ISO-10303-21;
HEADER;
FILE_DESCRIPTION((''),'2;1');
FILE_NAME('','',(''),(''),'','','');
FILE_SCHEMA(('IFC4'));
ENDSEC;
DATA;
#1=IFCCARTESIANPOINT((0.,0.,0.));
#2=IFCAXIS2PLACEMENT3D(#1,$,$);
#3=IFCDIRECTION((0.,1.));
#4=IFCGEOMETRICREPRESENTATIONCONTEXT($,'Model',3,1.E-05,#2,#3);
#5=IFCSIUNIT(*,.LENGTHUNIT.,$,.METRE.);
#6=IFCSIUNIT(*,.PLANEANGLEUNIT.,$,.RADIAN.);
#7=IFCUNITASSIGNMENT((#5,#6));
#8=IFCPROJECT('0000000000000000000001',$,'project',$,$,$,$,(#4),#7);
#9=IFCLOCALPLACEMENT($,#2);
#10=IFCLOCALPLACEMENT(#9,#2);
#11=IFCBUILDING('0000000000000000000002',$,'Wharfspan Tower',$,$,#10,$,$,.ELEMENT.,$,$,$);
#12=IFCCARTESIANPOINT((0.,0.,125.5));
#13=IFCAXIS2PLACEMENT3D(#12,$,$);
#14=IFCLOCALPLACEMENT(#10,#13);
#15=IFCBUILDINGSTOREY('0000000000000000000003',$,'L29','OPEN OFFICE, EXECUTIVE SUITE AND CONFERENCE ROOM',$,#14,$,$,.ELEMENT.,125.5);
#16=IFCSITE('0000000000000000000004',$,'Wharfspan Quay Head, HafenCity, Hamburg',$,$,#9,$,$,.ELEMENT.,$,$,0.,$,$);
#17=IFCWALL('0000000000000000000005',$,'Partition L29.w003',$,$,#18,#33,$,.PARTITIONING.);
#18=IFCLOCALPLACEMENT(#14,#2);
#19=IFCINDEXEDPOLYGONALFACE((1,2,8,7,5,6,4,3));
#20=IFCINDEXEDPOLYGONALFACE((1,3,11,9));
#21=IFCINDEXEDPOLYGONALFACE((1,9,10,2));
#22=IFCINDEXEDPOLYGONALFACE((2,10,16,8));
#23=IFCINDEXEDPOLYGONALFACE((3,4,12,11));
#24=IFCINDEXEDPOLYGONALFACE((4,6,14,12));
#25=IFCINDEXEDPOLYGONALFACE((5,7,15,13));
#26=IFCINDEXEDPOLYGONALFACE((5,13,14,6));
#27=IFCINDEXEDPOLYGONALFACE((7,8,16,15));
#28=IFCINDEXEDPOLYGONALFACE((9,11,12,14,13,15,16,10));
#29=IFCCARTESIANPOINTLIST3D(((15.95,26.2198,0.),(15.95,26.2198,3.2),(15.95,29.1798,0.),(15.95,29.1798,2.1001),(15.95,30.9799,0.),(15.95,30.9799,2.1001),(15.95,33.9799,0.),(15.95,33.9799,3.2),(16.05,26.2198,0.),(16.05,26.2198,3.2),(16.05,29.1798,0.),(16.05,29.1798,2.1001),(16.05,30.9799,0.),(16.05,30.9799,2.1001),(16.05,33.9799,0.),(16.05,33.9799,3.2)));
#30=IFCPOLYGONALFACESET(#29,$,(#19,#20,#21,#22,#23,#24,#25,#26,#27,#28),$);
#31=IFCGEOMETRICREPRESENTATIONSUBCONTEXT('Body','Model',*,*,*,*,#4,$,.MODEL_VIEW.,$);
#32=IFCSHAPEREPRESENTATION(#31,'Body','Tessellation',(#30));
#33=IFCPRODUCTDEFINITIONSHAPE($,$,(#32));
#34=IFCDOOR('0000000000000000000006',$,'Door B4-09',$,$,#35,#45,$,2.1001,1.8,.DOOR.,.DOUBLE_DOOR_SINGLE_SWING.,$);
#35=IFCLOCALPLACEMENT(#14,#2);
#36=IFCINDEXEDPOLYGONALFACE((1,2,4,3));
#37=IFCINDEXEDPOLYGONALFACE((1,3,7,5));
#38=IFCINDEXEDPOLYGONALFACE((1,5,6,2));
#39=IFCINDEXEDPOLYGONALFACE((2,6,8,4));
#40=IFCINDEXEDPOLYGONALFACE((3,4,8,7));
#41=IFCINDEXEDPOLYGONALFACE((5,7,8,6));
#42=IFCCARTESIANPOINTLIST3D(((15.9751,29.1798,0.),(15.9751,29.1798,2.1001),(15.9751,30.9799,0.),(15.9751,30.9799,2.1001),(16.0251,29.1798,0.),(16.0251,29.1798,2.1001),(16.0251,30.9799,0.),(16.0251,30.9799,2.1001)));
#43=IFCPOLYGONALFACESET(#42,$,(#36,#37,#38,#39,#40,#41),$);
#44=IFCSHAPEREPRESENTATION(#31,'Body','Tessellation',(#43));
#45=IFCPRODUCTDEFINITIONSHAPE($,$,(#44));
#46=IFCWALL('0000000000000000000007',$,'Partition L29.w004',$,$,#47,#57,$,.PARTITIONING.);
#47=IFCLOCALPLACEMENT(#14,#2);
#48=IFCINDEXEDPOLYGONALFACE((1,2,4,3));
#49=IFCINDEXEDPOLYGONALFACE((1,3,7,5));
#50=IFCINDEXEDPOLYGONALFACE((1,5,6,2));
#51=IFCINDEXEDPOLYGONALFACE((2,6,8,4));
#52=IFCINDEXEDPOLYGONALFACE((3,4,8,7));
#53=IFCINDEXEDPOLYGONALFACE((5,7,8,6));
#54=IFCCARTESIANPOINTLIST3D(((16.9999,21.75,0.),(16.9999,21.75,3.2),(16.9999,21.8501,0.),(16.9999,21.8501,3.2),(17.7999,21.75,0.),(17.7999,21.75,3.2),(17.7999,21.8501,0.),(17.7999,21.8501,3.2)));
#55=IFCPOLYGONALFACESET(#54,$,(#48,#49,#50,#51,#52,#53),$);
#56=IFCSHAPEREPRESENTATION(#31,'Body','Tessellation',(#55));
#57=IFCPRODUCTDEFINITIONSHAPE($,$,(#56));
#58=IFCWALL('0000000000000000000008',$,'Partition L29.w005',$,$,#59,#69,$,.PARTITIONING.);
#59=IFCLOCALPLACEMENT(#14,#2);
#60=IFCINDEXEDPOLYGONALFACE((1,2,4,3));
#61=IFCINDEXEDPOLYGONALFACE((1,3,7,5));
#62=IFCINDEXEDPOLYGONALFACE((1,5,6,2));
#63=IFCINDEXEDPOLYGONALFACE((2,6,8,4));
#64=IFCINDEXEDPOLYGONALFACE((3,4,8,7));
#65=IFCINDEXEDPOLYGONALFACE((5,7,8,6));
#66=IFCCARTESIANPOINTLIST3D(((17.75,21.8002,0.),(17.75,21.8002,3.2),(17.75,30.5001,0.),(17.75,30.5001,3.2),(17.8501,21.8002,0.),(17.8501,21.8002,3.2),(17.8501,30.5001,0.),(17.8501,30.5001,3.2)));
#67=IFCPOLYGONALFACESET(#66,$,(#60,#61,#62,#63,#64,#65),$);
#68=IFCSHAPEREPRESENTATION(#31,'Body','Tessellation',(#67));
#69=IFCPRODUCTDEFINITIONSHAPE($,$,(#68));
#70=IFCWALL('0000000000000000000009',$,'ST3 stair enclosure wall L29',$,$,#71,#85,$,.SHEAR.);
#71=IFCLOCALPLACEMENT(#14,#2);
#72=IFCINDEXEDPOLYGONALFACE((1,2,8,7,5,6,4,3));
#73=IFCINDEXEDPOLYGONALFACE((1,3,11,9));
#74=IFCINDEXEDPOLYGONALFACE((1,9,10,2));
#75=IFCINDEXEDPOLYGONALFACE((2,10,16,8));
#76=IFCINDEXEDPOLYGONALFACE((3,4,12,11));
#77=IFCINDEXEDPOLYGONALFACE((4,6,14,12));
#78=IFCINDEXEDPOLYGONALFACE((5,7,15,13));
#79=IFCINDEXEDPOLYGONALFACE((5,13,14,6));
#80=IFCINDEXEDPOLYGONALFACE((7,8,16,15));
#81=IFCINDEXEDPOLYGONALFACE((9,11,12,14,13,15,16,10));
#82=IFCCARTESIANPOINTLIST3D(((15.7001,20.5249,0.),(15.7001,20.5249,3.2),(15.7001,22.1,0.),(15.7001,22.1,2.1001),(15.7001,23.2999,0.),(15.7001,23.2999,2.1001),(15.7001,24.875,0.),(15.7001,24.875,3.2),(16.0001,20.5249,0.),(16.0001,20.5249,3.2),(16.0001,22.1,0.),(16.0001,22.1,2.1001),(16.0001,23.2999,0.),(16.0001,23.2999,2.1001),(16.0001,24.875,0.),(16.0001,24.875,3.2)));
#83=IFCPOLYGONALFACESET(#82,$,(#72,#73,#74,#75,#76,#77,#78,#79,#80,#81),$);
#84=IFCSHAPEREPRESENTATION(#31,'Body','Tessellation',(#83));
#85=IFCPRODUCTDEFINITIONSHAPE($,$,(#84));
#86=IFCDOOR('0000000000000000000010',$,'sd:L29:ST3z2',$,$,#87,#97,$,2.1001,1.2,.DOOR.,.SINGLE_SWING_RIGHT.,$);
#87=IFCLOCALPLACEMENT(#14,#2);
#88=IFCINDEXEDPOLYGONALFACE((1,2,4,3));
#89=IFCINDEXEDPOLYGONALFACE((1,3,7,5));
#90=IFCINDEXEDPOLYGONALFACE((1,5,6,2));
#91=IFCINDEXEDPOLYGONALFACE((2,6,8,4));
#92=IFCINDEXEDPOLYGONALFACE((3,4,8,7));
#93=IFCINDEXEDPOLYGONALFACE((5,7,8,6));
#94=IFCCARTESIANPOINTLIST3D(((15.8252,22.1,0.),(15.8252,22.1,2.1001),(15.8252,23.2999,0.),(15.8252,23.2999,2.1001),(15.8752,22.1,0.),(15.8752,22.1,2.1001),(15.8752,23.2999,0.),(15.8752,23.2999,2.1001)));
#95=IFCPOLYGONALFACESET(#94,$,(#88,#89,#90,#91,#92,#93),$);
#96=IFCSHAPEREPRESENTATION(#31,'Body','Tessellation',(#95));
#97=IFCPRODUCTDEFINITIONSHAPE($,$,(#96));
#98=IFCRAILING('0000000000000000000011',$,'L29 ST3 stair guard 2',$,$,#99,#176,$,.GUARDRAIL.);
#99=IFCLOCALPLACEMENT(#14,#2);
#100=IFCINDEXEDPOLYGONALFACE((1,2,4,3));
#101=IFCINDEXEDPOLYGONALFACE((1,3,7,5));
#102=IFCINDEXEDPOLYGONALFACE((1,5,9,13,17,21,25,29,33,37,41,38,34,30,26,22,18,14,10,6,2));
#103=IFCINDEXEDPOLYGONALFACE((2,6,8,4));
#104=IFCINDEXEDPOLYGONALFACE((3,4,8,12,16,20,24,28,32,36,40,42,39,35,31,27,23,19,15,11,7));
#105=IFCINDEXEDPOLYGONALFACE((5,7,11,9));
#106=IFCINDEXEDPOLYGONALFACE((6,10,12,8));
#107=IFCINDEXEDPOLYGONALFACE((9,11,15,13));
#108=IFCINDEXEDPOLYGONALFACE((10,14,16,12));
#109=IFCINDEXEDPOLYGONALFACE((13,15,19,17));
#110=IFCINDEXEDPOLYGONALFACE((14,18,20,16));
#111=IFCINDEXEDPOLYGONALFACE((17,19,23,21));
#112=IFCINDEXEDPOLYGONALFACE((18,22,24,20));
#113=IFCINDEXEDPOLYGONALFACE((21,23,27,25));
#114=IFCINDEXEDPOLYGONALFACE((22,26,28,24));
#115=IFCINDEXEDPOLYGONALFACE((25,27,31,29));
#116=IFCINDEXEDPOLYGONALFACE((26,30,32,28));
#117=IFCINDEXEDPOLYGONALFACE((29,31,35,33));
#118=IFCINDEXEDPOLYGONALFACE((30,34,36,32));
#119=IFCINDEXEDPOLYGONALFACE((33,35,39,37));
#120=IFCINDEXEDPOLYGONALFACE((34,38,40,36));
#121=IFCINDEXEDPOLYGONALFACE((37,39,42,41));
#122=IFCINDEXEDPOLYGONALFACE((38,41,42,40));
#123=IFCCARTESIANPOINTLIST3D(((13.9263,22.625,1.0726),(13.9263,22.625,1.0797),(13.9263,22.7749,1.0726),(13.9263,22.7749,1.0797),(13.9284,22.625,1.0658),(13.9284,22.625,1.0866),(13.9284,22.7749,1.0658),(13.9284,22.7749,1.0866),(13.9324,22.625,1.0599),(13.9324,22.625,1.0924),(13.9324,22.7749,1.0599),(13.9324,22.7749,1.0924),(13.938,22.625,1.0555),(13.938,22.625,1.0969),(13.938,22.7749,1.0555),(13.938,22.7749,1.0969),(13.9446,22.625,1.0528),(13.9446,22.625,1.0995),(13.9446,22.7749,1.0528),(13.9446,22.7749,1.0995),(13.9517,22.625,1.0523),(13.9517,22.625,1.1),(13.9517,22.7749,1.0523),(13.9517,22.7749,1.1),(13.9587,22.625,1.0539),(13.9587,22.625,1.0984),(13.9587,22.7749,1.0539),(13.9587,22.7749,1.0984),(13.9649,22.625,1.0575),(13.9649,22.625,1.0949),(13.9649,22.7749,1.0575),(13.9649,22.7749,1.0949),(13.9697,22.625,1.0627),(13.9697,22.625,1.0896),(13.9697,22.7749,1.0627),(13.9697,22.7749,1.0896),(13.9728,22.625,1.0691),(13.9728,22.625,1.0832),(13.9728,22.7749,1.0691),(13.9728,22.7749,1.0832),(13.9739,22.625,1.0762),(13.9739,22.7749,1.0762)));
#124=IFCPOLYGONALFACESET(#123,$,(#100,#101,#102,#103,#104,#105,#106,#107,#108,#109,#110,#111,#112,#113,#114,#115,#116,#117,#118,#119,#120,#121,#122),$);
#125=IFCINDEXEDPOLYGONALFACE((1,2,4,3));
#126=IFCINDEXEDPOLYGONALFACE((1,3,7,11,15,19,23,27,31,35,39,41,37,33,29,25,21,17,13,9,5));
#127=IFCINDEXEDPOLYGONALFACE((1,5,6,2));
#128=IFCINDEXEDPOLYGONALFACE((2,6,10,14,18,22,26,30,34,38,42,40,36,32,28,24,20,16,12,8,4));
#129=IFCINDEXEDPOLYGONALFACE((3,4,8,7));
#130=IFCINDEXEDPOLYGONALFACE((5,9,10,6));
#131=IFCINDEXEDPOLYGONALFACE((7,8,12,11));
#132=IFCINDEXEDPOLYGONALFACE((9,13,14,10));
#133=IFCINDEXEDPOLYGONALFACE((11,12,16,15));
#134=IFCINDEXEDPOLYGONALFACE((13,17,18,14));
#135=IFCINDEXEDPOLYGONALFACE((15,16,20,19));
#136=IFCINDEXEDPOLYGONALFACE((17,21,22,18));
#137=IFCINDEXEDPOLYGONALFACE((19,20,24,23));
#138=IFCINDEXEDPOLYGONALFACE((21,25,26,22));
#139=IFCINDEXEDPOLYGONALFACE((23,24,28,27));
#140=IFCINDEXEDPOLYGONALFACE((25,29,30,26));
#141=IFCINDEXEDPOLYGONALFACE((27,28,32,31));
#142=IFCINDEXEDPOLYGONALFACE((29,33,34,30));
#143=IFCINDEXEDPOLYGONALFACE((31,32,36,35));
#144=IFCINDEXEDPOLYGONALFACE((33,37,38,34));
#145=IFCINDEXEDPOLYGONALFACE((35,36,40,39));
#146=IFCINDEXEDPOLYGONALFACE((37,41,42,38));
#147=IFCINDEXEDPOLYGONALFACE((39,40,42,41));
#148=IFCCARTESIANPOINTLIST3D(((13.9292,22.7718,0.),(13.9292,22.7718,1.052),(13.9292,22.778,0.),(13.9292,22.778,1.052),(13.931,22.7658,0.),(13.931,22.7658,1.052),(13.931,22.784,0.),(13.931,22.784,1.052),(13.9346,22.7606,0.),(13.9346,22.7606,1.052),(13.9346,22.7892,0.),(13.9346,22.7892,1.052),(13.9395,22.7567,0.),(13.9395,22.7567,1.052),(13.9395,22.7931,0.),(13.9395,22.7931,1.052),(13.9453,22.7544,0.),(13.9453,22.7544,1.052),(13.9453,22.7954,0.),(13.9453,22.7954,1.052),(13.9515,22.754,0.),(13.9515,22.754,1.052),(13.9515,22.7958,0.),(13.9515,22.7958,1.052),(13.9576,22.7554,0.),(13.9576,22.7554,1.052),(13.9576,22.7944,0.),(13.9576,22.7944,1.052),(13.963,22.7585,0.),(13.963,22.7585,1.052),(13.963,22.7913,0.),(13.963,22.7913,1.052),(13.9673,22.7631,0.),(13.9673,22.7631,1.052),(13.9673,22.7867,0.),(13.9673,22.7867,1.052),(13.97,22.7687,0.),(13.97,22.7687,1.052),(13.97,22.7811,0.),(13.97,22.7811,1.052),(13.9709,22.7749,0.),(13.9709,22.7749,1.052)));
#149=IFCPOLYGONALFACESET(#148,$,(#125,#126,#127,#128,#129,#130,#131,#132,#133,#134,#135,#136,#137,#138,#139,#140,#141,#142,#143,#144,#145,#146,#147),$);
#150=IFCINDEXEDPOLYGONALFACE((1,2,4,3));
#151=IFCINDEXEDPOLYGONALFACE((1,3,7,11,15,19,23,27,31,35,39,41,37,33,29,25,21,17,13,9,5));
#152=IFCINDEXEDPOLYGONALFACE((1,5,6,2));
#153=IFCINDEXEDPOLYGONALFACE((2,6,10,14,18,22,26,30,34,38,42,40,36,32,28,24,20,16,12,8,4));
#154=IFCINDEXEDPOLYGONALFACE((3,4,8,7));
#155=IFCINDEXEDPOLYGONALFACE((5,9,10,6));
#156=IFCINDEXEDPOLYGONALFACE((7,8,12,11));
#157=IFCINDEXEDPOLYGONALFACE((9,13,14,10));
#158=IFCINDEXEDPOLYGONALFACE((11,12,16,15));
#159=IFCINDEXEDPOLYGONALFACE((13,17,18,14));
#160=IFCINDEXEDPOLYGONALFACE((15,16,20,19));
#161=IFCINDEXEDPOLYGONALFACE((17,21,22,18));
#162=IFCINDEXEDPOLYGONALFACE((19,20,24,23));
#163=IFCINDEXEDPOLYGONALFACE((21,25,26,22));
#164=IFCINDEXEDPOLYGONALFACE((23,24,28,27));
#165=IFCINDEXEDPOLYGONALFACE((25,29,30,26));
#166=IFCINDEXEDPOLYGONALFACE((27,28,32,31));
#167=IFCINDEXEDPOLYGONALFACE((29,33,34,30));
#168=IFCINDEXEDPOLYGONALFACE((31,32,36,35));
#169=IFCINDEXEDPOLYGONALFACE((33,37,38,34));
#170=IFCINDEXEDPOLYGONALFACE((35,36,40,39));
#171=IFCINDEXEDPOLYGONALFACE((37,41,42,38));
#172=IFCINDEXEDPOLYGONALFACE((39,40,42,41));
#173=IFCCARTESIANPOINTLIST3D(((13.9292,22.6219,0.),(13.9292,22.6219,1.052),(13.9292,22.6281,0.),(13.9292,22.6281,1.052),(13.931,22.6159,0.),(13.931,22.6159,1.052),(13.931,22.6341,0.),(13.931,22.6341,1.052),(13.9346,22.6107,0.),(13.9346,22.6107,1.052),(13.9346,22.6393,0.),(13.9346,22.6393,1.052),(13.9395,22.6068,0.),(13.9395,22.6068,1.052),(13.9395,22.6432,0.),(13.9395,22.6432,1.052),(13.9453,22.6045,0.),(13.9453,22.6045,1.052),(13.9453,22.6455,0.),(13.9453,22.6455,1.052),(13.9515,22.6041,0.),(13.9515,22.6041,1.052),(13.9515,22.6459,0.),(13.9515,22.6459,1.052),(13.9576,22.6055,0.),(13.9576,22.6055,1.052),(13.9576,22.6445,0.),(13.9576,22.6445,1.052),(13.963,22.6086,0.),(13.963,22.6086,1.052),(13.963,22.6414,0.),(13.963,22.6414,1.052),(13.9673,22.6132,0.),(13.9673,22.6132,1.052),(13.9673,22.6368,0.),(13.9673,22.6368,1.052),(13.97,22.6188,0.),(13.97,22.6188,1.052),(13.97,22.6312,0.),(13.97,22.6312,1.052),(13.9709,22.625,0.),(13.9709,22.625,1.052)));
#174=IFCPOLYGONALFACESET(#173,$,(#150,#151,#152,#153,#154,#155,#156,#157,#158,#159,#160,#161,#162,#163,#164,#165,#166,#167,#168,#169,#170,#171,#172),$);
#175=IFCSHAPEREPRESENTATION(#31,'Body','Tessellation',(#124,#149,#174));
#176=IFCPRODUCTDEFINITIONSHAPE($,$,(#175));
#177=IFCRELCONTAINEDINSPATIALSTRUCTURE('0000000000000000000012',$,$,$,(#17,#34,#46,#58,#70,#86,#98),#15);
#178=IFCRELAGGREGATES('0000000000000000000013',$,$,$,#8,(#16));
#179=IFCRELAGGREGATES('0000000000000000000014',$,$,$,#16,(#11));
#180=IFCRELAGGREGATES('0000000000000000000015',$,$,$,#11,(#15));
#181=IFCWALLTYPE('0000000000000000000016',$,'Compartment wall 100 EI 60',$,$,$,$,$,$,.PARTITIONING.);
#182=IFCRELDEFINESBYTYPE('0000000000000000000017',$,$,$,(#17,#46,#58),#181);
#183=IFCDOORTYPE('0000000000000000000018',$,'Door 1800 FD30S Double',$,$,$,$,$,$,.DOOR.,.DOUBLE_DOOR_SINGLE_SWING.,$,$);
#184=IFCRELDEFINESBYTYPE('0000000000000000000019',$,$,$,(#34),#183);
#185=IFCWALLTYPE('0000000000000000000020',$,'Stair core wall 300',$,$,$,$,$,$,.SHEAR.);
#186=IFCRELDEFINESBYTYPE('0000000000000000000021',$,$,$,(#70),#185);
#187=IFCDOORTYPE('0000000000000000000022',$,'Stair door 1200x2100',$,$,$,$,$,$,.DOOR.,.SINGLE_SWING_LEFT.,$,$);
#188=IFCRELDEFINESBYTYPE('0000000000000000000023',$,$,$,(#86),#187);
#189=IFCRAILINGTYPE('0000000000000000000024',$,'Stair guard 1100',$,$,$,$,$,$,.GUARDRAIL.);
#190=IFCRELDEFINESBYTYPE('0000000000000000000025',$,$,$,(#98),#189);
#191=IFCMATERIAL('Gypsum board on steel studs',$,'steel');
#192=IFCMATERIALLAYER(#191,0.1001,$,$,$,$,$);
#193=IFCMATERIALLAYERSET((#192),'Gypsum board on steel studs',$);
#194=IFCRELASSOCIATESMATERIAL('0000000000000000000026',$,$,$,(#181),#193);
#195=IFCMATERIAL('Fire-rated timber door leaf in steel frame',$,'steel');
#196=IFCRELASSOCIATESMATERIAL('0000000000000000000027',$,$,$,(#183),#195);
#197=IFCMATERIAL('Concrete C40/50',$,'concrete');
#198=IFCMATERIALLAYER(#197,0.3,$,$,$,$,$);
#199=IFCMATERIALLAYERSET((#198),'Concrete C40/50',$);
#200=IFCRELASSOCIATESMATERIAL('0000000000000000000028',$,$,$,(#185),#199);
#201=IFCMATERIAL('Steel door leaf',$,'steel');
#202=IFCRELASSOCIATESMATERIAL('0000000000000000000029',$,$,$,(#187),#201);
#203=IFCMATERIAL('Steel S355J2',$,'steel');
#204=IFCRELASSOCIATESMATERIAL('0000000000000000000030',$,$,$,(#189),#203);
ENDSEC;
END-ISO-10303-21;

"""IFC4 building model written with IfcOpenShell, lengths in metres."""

from ifc_helpers import new_model, si_unit, direction, frame, frame_2d, origin, origin_2d, place, context, subcontext, project, spatial, rectangle, circle, extrude, material, layer, layer_set, type_object, element, fill, save


model = new_model("IFC4")

# Units and contexts
model_context = context("Model", 3, precision=1e-05, world=origin(), true_north=direction((0.0, 1.0)))
body_context = subcontext(model_context, "Body", "Model", "MODEL_VIEW")
ifc_project = project(units=[si_unit("LENGTHUNIT", "METRE"), si_unit("PLANEANGLEUNIT", "RADIAN")], contexts=[model_context])

# Site, building, storey
site_placement = place(None, origin())
site = spatial("IfcSite", under=ifc_project, at=site_placement, Name="Wharfspan Quay Head, HafenCity, Hamburg", CompositionType="ELEMENT", RefElevation=0.0)
building_placement = place(site_placement, origin())
building = spatial("IfcBuilding", under=site, at=building_placement, Name="Wharfspan Tower", CompositionType="ELEMENT")
storey_placement = place(building_placement, frame((0.0, 0.0, 125.5)))
storey = spatial("IfcBuildingStorey", under=building, at=storey_placement, Name="L29", Description="OPEN OFFICE, EXECUTIVE SUITE AND CONFERENCE ROOM", CompositionType="ELEMENT", Elevation=125.5)

# Wall, opening, door
ifc_material_1 = material(Name="Gypsum board on steel studs", Category="steel")
ifc_layer_1 = layer(ifc_material_1, 0.1001)
ifc_layer_set_1 = layer_set([ifc_layer_1], Name="Gypsum board on steel studs")
wall_type_1 = type_object("IfcWallType", Name="Compartment wall 100 EI 60", PredefinedType="PARTITIONING", material=ifc_layer_set_1)
wall_1_placement = place(storey_placement, frame((16.0, 26.22, 0.0), z_axis=(0.0, 0.0, 1.0), x_axis=(0.0, 1.0, 0.0)))
wall_1 = element("IfcWall", 1, at=wall_1_placement, inside=storey, type_object=wall_type_1, Name="Partition L29.w003", PredefinedType="PARTITIONING", context=body_context, shape_type="SweptSolid", body=[
    extrude(rectangle(XDim=7.76, YDim=0.1001, at=frame_2d((3.8799, 0.0))), origin(), (0.0, 0.0, 1.0), 3.2),
])
opening_1_placement = place(wall_1_placement, frame((2.96, 0.0, 0.0)))
opening_1 = element("IfcOpeningElement", 2, at=opening_1_placement, cuts=wall_1, PredefinedType="OPENING", context=body_context, shape_type="SweptSolid", body=[
    extrude(rectangle(XDim=1.8, YDim=2.1001, at=frame_2d((0.8999, 1.05))), frame((0.0, 0.0601, 0.0), z_axis=(0.0, -1.0, 0.0), x_axis=(1.0, 0.0, 0.0)), (0.0, 0.0, 1.0), 0.1201),
])
ifc_material_2 = material(Name="Fire-rated timber door leaf in steel frame", Category="steel")
door_type_1 = type_object("IfcDoorType", Name="Door 1800 FD30S Double", OperationType="DOUBLE_DOOR_SINGLE_SWING", PredefinedType="DOOR", material=ifc_material_2)
door_1_placement = place(opening_1_placement, origin())
door_1 = element("IfcDoor", 3, at=door_1_placement, inside=storey, type_object=door_type_1, Name="Door B4-09", OperationType="DOUBLE_DOOR_SINGLE_SWING", OverallHeight=2.1001, OverallWidth=1.8, PredefinedType="DOOR", context=body_context, shape_type="SweptSolid", body=[
    extrude(rectangle(XDim=1.8, YDim=2.1001, at=frame_2d((0.8999, 1.05))), frame((0.0, 0.0249, 0.0), z_axis=(0.0, -1.0, 0.0), x_axis=(1.0, 0.0, 0.0)), (0.0, 0.0, 1.0), 0.05),
])
fill(opening_1, door_1)

# Walls
wall_2_placement = place(storey_placement, frame((17.0, 21.8, 0.0), z_axis=(0.0, 0.0, 1.0), x_axis=(1.0, 0.0, 0.0)))
element("IfcWall", 4, at=wall_2_placement, inside=storey, type_object=wall_type_1, Name="Partition L29.w004", PredefinedType="PARTITIONING", context=body_context, shape_type="SweptSolid", body=[
    extrude(rectangle(XDim=0.8, YDim=0.1001, at=frame_2d((0.3999, 0.0))), origin(), (0.0, 0.0, 1.0), 3.2),
])
wall_3_placement = place(storey_placement, frame((17.8, 21.8, 0.0), z_axis=(0.0, 0.0, 1.0), x_axis=(0.0, 1.0, 0.0)))
element("IfcWall", 5, at=wall_3_placement, inside=storey, type_object=wall_type_1, Name="Partition L29.w005", PredefinedType="PARTITIONING", context=body_context, shape_type="SweptSolid", body=[
    extrude(rectangle(XDim=8.7, YDim=0.1001, at=frame_2d((4.3501, 0.0))), origin(), (0.0, 0.0, 1.0), 3.2),
])

# Wall, opening, door
ifc_material_3 = material(Name="Concrete C40/50", Category="concrete")
ifc_layer_2 = layer(ifc_material_3, 0.3)
ifc_layer_set_2 = layer_set([ifc_layer_2], Name="Concrete C40/50")
wall_type_2 = type_object("IfcWallType", Name="Stair core wall 300", PredefinedType="SHEAR", material=ifc_layer_set_2)
wall_4_placement = place(storey_placement, frame((15.8501, 20.5249, 0.0), z_axis=(0.0, 0.0, 1.0), x_axis=(0.0, 1.0, 0.0)))
wall_4 = element("IfcWall", 6, at=wall_4_placement, inside=storey, type_object=wall_type_2, Name="ST3 stair enclosure wall L29", PredefinedType="SHEAR", context=body_context, shape_type="SweptSolid", body=[
    extrude(rectangle(XDim=4.3501, YDim=0.3, at=frame_2d((2.175, 0.0))), origin(), (0.0, 0.0, 1.0), 3.2),
])
opening_2_placement = place(wall_4_placement, frame((1.575, 0.0, 0.0)))
opening_2 = element("IfcOpeningElement", 7, at=opening_2_placement, cuts=wall_4, PredefinedType="OPENING", context=body_context, shape_type="SweptSolid", body=[
    extrude(rectangle(XDim=1.2, YDim=2.1001, at=frame_2d((0.6001, 1.05))), frame((0.0, 0.1599, 0.0), z_axis=(0.0, -1.0, 0.0), x_axis=(1.0, 0.0, 0.0)), (0.0, 0.0, 1.0), 0.3201),
])
ifc_material_4 = material(Name="Steel door leaf", Category="steel")
door_type_2 = type_object("IfcDoorType", Name="Stair door 1200x2100", OperationType="SINGLE_SWING_LEFT", PredefinedType="DOOR", material=ifc_material_4)
door_2_placement = place(opening_2_placement, origin())
door_2 = element("IfcDoor", 8, at=door_2_placement, inside=storey, type_object=door_type_2, Name="sd:L29:ST3z2", OperationType="SINGLE_SWING_RIGHT", OverallHeight=2.1001, OverallWidth=1.2, PredefinedType="DOOR", context=body_context, shape_type="SweptSolid", body=[
    extrude(rectangle(XDim=1.2, YDim=2.1001, at=frame_2d((0.6001, 1.05))), frame((0.0, 0.0249, 0.0), z_axis=(0.0, -1.0, 0.0), x_axis=(1.0, 0.0, 0.0)), (0.0, 0.0, 1.0), 0.05),
])
fill(opening_2, door_2)

# Railing
ifc_material_5 = material(Name="Steel S355J2", Category="steel")
railing_type = type_object("IfcRailingType", Name="Stair guard 1100", PredefinedType="GUARDRAIL", material=ifc_material_5)
railing_placement = place(storey_placement, frame((13.95, 22.7749, 0.0)))
element("IfcRailing", 9, at=railing_placement, inside=storey, type_object=railing_type, Name="L29 ST3 stair guard 2", PredefinedType="GUARDRAIL", context=body_context, shape_type="SweptSolid", body=[
    extrude(circle(Radius=0.0239, at=origin_2d()), frame((0.0, 0.0, 1.0762), z_axis=(0.0, -1.0, 0.0), x_axis=(1.0, 0.0, 0.0)), (0.0, 0.0, 1.0), 0.1499),
    extrude(circle(Radius=0.021, at=origin_2d()), origin(), (0.0, 0.0, 1.0), 1.052),
    extrude(circle(Radius=0.021, at=origin_2d()), frame((0.0, -0.1499, 0.0)), (0.0, 0.0, 1.0), 1.052),
])

save(model, "model.ifc")
